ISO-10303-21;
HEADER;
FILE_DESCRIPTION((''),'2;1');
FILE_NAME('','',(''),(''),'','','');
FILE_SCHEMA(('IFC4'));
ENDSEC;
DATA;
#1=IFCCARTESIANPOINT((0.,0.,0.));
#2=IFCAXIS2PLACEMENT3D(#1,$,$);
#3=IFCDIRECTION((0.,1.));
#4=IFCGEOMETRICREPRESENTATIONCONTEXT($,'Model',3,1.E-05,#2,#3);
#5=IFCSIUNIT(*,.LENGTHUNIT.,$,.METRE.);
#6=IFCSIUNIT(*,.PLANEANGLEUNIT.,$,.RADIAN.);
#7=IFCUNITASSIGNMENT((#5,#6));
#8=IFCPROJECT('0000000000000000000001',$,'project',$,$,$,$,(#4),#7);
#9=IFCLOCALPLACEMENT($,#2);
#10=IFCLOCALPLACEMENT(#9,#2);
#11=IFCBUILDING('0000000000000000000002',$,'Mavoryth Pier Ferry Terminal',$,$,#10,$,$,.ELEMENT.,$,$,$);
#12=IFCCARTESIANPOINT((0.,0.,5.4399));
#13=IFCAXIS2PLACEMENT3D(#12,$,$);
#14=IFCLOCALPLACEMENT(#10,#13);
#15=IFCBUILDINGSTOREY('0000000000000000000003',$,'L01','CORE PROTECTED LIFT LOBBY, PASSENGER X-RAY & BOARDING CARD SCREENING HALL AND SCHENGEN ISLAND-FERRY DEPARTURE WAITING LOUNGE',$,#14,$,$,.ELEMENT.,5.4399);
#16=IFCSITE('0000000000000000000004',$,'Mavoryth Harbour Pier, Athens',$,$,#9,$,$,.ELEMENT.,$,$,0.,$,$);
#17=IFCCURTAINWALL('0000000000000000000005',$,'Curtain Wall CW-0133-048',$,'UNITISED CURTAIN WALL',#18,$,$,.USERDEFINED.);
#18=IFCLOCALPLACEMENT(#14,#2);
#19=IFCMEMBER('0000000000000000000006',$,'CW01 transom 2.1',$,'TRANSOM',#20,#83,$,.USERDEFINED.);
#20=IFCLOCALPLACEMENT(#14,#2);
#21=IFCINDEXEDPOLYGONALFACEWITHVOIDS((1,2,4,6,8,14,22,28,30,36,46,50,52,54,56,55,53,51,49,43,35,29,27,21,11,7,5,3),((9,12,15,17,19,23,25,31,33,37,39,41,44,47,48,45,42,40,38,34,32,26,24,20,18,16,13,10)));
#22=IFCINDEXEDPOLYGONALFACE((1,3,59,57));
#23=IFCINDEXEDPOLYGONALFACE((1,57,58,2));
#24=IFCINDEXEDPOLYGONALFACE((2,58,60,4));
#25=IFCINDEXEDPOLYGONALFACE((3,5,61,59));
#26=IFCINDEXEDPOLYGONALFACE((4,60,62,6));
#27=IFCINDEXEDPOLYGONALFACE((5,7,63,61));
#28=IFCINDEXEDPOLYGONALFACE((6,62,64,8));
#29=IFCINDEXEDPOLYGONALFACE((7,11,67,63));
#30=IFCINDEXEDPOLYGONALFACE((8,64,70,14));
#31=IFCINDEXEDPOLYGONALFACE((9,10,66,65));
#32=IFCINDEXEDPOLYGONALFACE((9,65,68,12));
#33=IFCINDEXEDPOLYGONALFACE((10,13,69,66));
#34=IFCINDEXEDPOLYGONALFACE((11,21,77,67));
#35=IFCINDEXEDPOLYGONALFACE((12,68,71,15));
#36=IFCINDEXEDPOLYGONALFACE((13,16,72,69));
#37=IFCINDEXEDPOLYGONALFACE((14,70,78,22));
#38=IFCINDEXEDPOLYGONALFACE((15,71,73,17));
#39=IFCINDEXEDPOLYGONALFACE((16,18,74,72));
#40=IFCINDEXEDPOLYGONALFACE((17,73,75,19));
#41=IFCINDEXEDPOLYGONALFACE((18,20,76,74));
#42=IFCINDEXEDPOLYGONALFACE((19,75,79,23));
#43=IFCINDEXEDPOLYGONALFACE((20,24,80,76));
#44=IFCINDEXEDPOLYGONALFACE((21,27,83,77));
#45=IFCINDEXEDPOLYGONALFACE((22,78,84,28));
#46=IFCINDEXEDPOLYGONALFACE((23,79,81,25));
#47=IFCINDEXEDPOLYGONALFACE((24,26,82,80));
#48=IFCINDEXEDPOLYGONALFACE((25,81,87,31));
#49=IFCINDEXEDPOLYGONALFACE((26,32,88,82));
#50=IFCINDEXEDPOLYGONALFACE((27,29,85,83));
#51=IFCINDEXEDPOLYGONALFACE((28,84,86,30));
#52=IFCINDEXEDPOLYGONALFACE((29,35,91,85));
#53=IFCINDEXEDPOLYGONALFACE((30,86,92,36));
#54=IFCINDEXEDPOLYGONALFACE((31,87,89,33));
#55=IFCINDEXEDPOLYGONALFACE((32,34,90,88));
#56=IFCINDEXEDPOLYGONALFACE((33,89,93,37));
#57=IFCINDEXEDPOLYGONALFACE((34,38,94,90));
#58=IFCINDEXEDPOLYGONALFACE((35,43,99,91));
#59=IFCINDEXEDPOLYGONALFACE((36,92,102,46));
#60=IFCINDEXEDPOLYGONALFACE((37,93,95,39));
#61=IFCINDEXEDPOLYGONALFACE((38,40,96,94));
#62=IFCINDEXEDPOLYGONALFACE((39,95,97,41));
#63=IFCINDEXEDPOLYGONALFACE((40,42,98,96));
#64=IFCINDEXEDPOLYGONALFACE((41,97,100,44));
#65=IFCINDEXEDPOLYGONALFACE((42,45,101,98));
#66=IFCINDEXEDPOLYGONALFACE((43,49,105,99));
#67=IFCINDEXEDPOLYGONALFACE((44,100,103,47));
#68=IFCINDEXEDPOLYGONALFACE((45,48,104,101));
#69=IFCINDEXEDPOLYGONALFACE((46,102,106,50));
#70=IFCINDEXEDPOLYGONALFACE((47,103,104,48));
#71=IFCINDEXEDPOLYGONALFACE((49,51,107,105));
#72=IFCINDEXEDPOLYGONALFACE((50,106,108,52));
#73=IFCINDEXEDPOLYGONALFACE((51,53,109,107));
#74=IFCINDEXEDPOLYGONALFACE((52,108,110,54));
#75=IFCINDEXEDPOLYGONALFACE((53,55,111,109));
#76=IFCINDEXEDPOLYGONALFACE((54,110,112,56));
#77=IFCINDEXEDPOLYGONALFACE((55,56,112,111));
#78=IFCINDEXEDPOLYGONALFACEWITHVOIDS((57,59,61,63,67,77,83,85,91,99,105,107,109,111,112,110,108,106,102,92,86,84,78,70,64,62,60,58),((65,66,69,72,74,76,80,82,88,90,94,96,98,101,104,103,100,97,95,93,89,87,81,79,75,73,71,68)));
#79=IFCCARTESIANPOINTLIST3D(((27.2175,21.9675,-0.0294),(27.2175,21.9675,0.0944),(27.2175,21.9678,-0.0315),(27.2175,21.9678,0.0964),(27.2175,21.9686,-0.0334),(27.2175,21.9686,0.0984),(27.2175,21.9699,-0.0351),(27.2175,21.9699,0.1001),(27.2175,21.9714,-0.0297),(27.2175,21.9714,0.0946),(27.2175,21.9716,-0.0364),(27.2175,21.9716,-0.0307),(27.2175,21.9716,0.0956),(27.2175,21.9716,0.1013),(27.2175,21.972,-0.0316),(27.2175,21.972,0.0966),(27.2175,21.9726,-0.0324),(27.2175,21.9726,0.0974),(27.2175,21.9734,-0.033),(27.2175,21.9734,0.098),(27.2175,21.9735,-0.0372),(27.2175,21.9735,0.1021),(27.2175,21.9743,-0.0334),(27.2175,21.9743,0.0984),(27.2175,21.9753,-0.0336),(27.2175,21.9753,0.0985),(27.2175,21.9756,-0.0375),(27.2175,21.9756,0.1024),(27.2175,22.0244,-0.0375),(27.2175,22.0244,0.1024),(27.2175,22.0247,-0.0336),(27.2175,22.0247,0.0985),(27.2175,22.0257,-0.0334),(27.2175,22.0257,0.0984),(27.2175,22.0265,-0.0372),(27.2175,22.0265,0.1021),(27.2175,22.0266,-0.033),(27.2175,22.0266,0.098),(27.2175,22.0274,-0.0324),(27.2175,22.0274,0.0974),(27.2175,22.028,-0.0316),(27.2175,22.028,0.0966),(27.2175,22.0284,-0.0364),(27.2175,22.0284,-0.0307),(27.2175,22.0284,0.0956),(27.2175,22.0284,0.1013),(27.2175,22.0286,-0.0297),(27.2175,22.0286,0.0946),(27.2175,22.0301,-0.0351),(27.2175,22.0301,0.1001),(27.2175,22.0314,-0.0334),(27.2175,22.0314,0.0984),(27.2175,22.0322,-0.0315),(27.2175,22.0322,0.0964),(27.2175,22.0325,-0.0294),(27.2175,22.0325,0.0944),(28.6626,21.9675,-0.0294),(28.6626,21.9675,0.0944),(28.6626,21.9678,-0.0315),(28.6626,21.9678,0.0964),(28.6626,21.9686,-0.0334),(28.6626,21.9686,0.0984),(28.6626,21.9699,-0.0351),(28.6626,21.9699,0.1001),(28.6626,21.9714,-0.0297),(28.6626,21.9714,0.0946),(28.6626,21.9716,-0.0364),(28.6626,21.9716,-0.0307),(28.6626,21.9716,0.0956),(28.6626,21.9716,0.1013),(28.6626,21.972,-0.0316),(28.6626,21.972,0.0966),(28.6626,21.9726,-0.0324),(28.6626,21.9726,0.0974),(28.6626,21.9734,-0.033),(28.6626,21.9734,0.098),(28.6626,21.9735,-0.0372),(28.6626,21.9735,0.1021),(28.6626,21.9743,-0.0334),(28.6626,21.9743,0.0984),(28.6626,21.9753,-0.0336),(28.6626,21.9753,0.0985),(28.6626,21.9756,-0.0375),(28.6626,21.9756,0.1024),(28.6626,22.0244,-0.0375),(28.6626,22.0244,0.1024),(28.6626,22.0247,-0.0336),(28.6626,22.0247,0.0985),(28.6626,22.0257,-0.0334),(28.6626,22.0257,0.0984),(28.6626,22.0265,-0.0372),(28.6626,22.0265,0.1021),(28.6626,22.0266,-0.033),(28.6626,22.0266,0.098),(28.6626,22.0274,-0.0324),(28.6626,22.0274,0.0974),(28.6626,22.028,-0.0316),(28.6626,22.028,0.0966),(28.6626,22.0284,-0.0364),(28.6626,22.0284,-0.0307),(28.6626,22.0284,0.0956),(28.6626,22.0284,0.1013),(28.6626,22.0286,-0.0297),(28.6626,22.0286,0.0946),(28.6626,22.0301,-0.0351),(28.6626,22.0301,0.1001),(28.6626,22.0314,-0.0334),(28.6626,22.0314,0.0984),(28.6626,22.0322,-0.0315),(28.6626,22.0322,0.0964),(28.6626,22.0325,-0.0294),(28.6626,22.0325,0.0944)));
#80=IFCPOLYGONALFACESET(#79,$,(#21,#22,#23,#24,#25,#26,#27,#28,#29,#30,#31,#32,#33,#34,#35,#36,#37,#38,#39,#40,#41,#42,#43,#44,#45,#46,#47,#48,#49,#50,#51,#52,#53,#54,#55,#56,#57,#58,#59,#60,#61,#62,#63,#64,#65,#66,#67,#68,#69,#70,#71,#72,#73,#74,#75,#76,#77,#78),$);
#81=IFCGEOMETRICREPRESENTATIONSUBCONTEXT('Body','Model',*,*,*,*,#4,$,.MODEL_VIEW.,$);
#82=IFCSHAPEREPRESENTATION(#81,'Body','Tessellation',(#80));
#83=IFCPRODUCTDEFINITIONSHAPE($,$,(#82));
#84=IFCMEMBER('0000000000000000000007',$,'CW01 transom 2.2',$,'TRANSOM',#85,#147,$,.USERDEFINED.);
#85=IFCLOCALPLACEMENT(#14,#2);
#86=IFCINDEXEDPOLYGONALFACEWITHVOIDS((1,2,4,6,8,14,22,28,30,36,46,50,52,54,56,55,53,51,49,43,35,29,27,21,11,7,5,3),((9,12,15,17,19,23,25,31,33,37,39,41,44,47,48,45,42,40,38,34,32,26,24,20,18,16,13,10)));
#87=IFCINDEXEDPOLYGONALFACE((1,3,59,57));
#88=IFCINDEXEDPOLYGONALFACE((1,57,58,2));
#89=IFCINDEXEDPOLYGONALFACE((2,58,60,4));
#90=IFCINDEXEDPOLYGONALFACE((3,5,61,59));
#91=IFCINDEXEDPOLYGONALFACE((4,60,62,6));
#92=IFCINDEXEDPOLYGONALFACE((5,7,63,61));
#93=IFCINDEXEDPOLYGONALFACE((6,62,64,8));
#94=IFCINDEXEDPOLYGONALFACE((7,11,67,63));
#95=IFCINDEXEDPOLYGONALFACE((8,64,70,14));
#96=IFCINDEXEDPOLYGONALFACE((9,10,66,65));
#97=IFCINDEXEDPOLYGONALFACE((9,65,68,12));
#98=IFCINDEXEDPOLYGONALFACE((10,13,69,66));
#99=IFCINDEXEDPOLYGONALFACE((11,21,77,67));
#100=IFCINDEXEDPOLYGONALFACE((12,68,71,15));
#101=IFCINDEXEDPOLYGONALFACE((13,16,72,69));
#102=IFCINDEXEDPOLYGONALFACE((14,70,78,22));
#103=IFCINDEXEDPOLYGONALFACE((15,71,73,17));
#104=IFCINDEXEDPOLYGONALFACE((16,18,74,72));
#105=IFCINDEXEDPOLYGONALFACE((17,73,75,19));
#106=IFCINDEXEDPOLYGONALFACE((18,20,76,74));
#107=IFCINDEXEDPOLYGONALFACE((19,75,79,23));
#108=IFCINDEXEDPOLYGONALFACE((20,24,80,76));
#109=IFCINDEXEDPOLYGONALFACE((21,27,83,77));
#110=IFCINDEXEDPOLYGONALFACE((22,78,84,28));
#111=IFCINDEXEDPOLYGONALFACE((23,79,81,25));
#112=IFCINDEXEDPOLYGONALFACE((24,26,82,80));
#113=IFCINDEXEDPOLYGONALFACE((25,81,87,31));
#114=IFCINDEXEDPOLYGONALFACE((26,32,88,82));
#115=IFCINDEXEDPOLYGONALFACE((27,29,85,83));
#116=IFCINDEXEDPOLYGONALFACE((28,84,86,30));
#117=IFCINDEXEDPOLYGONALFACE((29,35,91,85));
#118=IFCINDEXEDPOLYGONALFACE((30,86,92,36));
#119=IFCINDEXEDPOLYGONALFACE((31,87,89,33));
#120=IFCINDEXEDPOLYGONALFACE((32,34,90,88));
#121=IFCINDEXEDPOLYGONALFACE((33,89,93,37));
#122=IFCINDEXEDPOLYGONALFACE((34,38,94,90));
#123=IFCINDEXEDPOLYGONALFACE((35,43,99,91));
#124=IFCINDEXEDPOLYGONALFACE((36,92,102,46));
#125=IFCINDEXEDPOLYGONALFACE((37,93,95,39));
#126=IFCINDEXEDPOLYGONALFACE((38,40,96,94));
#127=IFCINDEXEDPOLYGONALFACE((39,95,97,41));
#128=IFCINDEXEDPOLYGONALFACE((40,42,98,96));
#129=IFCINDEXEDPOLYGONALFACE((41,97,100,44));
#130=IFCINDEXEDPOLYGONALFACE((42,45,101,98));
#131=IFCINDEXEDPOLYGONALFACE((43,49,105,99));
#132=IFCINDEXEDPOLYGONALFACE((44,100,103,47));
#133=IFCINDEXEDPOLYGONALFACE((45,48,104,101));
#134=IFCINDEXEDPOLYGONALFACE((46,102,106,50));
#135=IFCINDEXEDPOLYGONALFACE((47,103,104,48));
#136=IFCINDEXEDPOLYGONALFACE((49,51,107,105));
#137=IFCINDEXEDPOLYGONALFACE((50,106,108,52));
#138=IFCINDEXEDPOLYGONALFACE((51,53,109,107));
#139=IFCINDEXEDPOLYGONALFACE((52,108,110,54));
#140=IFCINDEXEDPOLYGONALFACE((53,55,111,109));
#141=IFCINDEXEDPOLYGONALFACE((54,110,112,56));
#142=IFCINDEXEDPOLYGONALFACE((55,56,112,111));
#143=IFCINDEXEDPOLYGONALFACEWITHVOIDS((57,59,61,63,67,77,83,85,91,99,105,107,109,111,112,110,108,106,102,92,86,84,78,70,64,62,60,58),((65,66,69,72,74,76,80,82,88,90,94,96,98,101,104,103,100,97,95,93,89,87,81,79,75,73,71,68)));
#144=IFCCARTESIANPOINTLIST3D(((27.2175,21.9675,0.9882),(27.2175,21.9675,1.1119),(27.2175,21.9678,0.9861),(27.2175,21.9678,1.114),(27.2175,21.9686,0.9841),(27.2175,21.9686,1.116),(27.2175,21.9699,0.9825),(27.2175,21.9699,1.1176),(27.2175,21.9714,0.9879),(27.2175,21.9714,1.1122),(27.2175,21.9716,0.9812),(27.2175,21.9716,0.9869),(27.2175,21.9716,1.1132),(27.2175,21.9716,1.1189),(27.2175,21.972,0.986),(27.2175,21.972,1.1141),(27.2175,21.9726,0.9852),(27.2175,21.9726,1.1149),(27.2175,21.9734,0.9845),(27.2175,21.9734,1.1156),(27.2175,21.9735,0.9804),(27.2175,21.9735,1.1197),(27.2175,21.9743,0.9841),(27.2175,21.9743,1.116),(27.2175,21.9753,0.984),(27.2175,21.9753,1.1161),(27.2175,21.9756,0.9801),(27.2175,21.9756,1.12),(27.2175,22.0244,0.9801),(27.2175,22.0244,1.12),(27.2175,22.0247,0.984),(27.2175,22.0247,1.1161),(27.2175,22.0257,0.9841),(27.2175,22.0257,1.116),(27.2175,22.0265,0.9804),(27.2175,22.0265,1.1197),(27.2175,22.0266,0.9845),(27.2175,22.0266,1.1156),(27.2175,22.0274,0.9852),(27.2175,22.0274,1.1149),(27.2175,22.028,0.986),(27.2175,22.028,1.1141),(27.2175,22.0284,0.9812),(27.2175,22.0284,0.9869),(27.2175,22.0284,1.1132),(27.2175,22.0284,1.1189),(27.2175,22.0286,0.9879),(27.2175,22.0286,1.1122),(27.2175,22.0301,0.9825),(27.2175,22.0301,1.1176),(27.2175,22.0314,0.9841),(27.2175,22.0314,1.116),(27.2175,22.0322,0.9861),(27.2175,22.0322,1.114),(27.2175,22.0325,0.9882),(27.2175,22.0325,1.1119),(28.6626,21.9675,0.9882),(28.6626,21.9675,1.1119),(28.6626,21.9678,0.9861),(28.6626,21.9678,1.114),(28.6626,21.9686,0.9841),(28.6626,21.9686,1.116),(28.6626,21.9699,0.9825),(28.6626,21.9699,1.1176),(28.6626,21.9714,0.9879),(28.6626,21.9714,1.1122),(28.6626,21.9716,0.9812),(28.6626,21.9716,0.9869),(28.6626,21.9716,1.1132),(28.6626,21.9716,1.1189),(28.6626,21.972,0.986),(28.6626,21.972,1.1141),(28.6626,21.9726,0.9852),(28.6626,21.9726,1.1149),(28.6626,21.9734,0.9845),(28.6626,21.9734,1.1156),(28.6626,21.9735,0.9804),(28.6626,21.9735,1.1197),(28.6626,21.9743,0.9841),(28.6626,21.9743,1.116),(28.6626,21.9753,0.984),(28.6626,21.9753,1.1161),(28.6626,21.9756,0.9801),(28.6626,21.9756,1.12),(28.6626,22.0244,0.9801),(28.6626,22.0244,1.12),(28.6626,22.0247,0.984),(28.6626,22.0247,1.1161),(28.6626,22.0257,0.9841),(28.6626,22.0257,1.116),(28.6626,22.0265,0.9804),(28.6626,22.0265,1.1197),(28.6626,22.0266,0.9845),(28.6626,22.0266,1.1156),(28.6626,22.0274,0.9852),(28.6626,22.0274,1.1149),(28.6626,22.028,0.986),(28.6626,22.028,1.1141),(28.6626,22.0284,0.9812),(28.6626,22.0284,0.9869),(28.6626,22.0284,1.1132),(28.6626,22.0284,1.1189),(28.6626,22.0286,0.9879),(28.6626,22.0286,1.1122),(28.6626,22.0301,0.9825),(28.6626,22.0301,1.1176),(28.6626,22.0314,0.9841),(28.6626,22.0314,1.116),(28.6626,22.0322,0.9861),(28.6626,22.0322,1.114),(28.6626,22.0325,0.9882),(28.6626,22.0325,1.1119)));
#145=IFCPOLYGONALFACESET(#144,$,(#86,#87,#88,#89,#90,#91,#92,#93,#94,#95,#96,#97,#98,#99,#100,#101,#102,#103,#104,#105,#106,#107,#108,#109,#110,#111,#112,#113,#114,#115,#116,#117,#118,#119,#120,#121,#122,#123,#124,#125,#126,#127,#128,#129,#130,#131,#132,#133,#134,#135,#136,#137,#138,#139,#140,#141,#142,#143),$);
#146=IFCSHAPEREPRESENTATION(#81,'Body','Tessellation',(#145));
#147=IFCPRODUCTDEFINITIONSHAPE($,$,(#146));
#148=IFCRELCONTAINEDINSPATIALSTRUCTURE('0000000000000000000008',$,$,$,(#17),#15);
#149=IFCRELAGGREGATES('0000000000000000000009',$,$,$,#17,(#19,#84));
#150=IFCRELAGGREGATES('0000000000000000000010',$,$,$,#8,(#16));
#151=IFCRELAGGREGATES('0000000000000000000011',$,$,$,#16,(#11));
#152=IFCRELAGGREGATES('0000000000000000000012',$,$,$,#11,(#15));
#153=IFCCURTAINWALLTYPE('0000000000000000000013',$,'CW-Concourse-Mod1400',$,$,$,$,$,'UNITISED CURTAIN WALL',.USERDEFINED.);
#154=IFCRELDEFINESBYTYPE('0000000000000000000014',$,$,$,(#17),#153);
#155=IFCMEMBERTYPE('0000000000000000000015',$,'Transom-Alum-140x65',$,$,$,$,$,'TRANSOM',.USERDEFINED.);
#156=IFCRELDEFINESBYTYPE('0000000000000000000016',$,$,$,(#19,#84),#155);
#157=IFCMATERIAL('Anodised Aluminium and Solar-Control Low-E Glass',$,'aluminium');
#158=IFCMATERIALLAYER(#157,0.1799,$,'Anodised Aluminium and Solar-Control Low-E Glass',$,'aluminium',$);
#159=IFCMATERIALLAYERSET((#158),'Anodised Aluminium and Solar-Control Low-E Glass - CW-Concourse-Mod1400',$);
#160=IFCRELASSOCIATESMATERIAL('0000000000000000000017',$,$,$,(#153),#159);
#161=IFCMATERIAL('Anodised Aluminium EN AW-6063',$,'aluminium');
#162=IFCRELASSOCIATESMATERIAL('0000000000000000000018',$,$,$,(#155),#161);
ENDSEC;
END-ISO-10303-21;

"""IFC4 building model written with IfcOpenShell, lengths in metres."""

from ifc_helpers import new_model, si_unit, direction, frame, origin, origin_2d, place, context, subcontext, project, spatial, hollow_rectangle, extrude, material, layer, layer_set, material_profile, profile_set, type_object, element, aggregate, save


model = new_model("IFC4")

# Units and contexts
model_context = context("Model", 3, precision=1e-05, world=origin(), true_north=direction((0.0, 1.0)))
body_context = subcontext(model_context, "Body", "Model", "MODEL_VIEW")
ifc_project = project(units=[si_unit("LENGTHUNIT", "METRE"), si_unit("PLANEANGLEUNIT", "RADIAN")], contexts=[model_context])

# Site, building, storey
site_placement = place(None, origin())
site = spatial("IfcSite", under=ifc_project, at=site_placement, Name="Mavoryth Harbour Pier, Athens", CompositionType="ELEMENT", RefElevation=0.0)
building_placement = place(site_placement, origin())
building = spatial("IfcBuilding", under=site, at=building_placement, Name="Mavoryth Pier Ferry Terminal", CompositionType="ELEMENT")
storey_placement = place(building_placement, frame((0.0, 0.0, 5.4399)))
storey = spatial("IfcBuildingStorey", under=building, at=storey_placement, Name="L01", Description="CORE PROTECTED LIFT LOBBY, PASSENGER X-RAY & BOARDING CARD SCREENING HALL AND SCHENGEN ISLAND-FERRY DEPARTURE WAITING LOUNGE", CompositionType="ELEMENT", Elevation=5.4399)

# Shared definitions
ifc_material_1 = material(Name="Anodised Aluminium and Solar-Control Low-E Glass", Category="aluminium")
ifc_layer_1 = layer(ifc_material_1, 0.1799, Name="Anodised Aluminium and Solar-Control Low-E Glass", Category="aluminium")
ifc_layer_set_1 = layer_set([ifc_layer_1], Name="Anodised Aluminium and Solar-Control Low-E Glass - CW-Concourse-Mod1400")
curtain_wall_type = type_object("IfcCurtainWallType", Name="CW-Concourse-Mod1400", ElementType="UNITISED CURTAIN WALL", PredefinedType="USERDEFINED", material=ifc_layer_set_1)
ifc_material_2 = material(Name="Anodised Aluminium EN AW-6063", Category="aluminium")

# Curtain wall, members
curtain_wall_1_placement = place(storey_placement, origin())
curtain_wall_1 = element("IfcCurtainWall", 1, at=curtain_wall_1_placement, inside=storey, type_object=curtain_wall_type, Name="Curtain Wall CW-0133-048", ObjectType="UNITISED CURTAIN WALL", PredefinedType="USERDEFINED")
ifc_material_profile_1 = material_profile(ifc_material_2, hollow_rectangle(XDim=0.0649, YDim=0.1399, WallThickness=0.0039, InnerFilletRadius=0.0039, OuterFilletRadius=0.0081, at=origin_2d()), Name="AL-TRAN 140x65x4", Category="aluminium")
ifc_profile_set_1 = profile_set([ifc_material_profile_1], Name="Anodised Aluminium EN AW-6063 - AL-TRAN 140x65x4")
member_type_1 = type_object("IfcMemberType", Name="Transom-Alum-140x65", ElementType="TRANSOM", PredefinedType="USERDEFINED", material=ifc_profile_set_1)
member_1_placement = place(storey_placement, frame((27.2175, 22.0, 0.0325), z_axis=(1.0, 0.0, 0.0), x_axis=(0.0, 1.0, 0.0)))
member_1 = element("IfcMember", 2, at=member_1_placement, type_object=member_type_1, Name="CW01 transom 2.1", ObjectType="TRANSOM", PredefinedType="USERDEFINED", context=body_context, shape_type="SweptSolid", body=[
    extrude(hollow_rectangle(XDim=0.0649, YDim=0.1399, WallThickness=0.0039, InnerFilletRadius=0.0039, OuterFilletRadius=0.0081, at=origin_2d()), origin(), (0.0, 0.0, 1.0), 1.4451),
])
member_2_placement = place(storey_placement, frame((27.2175, 22.0, 1.05), z_axis=(1.0, 0.0, 0.0), x_axis=(0.0, 1.0, 0.0)))
member_2 = element("IfcMember", 3, at=member_2_placement, type_object=member_type_1, Name="CW01 transom 2.2", ObjectType="TRANSOM", PredefinedType="USERDEFINED", context=body_context, shape_type="SweptSolid", body=[
    extrude(hollow_rectangle(XDim=0.0649, YDim=0.1399, WallThickness=0.0039, InnerFilletRadius=0.0039, OuterFilletRadius=0.0081, at=origin_2d()), origin(), (0.0, 0.0, 1.0), 1.4451),
])

aggregate(curtain_wall_1, [member_1, member_2])

save(model, "model.ifc")
